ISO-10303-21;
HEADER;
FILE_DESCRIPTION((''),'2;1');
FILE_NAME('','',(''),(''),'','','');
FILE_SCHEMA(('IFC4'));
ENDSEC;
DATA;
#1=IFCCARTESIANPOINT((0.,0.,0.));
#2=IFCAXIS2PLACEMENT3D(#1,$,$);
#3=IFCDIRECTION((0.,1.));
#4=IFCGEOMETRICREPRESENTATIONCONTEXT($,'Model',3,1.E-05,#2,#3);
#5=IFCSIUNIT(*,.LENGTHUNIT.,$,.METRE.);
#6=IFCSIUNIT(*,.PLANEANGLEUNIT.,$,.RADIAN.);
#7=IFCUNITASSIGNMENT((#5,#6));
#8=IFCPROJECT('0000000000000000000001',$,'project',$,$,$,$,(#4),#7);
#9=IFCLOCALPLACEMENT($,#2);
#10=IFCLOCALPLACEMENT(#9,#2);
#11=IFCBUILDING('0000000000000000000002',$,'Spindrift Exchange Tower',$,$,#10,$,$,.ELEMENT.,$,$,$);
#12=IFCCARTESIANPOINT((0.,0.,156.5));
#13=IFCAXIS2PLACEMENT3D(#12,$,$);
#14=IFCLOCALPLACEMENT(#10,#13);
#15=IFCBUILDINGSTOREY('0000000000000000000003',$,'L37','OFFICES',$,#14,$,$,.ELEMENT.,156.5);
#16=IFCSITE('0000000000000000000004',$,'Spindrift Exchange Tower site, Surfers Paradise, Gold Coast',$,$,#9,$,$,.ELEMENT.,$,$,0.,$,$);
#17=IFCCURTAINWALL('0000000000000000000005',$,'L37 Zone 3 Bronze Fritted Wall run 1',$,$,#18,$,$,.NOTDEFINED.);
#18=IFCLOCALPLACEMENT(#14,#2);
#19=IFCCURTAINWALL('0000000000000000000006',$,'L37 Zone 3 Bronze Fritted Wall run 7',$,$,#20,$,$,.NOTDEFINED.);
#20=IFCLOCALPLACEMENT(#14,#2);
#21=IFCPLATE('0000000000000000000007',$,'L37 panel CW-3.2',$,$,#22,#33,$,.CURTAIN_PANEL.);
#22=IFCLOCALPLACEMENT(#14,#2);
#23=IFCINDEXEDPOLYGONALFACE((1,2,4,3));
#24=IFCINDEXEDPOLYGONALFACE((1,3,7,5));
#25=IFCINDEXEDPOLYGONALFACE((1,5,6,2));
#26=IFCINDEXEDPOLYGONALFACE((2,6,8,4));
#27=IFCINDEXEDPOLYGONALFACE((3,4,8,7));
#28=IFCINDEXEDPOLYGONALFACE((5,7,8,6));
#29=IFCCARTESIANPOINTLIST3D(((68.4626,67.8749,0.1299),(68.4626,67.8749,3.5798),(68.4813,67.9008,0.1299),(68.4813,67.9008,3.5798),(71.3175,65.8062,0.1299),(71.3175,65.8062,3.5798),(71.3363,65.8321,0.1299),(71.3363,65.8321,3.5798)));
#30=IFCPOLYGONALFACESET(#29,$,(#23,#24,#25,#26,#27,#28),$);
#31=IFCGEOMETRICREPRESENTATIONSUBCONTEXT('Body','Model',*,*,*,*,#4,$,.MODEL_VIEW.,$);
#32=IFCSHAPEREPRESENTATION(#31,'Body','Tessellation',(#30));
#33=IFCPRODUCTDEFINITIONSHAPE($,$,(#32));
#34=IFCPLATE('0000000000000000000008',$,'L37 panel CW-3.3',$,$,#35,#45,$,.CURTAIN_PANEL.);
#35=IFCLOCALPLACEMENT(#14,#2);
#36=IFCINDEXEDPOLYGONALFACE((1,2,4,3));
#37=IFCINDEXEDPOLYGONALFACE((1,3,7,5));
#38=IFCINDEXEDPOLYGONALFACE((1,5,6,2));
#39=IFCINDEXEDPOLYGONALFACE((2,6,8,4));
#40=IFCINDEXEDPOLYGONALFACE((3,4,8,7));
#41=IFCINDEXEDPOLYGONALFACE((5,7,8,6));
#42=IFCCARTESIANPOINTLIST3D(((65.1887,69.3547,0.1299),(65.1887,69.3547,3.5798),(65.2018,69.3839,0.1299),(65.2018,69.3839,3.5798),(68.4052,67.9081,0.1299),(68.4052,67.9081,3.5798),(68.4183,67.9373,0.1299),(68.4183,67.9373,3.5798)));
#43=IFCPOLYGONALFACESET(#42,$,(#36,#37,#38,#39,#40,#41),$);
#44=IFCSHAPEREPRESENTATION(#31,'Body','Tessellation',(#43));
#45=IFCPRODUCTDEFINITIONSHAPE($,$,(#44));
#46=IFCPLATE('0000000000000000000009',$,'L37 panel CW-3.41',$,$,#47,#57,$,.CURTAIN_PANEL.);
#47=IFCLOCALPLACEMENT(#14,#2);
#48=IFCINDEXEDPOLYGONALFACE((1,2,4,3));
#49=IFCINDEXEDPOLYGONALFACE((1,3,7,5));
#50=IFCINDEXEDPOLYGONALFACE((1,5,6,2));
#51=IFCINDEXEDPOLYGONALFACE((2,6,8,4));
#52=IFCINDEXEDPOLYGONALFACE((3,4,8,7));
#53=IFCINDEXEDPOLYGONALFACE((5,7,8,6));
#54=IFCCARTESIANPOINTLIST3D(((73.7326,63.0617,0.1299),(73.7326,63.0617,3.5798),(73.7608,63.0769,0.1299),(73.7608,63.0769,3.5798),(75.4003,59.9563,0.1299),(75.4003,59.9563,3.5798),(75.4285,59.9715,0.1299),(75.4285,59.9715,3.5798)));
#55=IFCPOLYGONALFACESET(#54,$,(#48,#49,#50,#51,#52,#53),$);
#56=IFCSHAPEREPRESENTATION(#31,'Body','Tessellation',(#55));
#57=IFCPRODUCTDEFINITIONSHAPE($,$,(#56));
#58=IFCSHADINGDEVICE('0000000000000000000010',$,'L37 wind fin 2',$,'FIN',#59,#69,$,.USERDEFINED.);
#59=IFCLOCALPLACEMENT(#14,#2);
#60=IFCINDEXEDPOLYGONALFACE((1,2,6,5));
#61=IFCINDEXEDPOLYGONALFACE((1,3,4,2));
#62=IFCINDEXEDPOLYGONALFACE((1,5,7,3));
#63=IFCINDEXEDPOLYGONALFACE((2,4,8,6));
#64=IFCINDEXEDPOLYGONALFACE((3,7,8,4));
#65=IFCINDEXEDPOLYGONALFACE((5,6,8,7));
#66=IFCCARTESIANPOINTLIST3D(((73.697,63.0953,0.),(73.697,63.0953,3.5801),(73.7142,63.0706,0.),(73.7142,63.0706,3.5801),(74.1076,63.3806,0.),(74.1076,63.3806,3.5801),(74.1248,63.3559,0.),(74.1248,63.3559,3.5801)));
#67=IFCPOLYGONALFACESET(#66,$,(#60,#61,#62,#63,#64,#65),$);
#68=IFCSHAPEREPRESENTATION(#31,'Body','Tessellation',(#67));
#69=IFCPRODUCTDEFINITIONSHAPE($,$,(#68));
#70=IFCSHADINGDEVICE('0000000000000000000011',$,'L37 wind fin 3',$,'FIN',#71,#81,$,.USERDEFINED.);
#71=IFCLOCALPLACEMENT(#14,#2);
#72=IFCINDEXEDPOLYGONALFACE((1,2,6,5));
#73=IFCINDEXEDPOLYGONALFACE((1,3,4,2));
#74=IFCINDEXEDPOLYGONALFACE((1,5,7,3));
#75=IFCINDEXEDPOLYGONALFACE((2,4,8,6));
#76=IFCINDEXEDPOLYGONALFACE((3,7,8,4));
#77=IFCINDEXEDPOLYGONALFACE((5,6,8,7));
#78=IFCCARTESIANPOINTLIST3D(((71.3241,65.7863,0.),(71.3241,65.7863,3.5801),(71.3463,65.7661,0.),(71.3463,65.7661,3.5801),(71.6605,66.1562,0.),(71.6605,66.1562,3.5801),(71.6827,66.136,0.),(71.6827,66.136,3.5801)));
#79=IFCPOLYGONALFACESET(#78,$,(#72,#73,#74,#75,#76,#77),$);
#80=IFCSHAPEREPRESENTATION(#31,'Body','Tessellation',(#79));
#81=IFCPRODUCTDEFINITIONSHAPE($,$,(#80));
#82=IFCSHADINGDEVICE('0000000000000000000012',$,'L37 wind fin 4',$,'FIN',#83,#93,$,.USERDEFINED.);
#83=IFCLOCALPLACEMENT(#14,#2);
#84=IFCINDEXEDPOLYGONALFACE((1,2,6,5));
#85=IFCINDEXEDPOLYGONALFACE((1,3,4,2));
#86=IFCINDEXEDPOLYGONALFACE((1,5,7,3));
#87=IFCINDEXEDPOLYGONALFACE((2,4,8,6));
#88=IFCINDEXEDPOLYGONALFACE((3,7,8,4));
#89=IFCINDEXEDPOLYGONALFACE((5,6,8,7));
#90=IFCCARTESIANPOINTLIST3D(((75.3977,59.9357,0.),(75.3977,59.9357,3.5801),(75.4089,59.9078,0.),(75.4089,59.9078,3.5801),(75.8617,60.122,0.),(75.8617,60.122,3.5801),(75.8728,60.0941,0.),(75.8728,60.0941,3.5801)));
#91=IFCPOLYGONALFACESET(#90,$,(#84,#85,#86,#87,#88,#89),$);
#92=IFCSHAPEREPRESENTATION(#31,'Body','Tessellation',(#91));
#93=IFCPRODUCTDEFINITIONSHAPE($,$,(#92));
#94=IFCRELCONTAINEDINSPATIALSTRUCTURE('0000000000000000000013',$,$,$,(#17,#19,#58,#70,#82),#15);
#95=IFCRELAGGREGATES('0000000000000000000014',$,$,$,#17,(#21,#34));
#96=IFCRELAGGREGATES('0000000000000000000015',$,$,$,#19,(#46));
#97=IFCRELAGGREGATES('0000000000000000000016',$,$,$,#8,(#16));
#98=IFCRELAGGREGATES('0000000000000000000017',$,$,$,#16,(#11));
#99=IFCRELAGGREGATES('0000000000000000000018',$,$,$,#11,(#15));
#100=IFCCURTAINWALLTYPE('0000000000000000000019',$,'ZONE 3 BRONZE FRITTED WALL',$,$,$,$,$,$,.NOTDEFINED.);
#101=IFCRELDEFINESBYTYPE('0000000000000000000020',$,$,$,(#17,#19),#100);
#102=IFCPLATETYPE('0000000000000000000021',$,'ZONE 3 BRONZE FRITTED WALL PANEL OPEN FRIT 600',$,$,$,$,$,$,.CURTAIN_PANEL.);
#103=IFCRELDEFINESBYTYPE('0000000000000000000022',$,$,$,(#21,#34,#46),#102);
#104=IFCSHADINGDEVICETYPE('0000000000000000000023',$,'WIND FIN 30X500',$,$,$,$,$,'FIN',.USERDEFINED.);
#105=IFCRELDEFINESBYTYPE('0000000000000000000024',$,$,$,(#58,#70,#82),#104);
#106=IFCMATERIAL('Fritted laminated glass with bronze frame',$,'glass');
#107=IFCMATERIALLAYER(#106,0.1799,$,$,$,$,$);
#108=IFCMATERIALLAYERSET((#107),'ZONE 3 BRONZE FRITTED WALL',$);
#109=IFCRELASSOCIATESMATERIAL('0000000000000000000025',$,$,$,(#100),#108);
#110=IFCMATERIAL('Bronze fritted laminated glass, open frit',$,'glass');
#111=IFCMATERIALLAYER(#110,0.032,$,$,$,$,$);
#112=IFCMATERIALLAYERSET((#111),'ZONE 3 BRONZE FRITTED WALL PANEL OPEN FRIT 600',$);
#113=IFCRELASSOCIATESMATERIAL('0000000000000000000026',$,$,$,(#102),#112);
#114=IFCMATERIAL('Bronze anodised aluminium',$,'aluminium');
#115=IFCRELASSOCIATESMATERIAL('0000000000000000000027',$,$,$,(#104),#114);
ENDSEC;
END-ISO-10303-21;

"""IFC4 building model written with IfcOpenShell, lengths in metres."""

from ifc_helpers import new_model, si_unit, direction, frame, origin, origin_2d, place, context, subcontext, project, spatial, rectangle, extrude, source, transform, mapped, material, layer, layer_set, material_profile, profile_set, type_object, element, aggregate, save


model = new_model("IFC4")

# Units and contexts
model_context = context("Model", 3, precision=1e-05, world=origin(), true_north=direction((0.0, 1.0)))
body_context = subcontext(model_context, "Body", "Model", "MODEL_VIEW")
ifc_project = project(units=[si_unit("LENGTHUNIT", "METRE"), si_unit("PLANEANGLEUNIT", "RADIAN")], contexts=[model_context])

# Site, building, storey
site_placement = place(None, origin())
site = spatial("IfcSite", under=ifc_project, at=site_placement, Name="Spindrift Exchange Tower site, Surfers Paradise, Gold Coast", CompositionType="ELEMENT", RefElevation=0.0)
building_placement = place(site_placement, origin())
building = spatial("IfcBuilding", under=site, at=building_placement, Name="Spindrift Exchange Tower", CompositionType="ELEMENT")
storey_placement = place(building_placement, frame((0.0, 0.0, 156.5)))
storey = spatial("IfcBuildingStorey", under=building, at=storey_placement, Name="L37", Description="OFFICES", CompositionType="ELEMENT", Elevation=156.5)

# Curtain wall
ifc_material_1 = material(Name="Fritted laminated glass with bronze frame", Category="glass")
ifc_layer_1 = layer(ifc_material_1, 0.1799)
ifc_layer_set_1 = layer_set([ifc_layer_1], Name="ZONE 3 BRONZE FRITTED WALL")
curtain_wall_type = type_object("IfcCurtainWallType", Name="ZONE 3 BRONZE FRITTED WALL", PredefinedType="NOTDEFINED", material=ifc_layer_set_1)
curtain_wall_1_placement = place(storey_placement, origin())
curtain_wall_1 = element("IfcCurtainWall", 1, at=curtain_wall_1_placement, inside=storey, type_object=curtain_wall_type, Name="L37 Zone 3 Bronze Fritted Wall run 1", PredefinedType="NOTDEFINED")
ifc_material_2 = material(Name="Bronze anodised aluminium", Category="aluminium")

# Curtain wall
curtain_wall_2_placement = place(storey_placement, origin())
curtain_wall_2 = element("IfcCurtainWall", 2, at=curtain_wall_2_placement, inside=storey, type_object=curtain_wall_type, Name="L37 Zone 3 Bronze Fritted Wall run 7", PredefinedType="NOTDEFINED")

# Plates
ifc_material_3 = material(Name="Bronze fritted laminated glass, open frit", Category="glass")
ifc_layer_2 = layer(ifc_material_3, 0.032)
ifc_layer_set_2 = layer_set([ifc_layer_2], Name="ZONE 3 BRONZE FRITTED WALL PANEL OPEN FRIT 600")
plate_type_1 = type_object("IfcPlateType", Name="ZONE 3 BRONZE FRITTED WALL PANEL OPEN FRIT 600", PredefinedType="CURTAIN_PANEL", material=ifc_layer_set_2)
shared_shape_1 = source(origin(), body_context, "Body", "SweptSolid", [
    extrude(rectangle(XDim=3.5256, YDim=0.032, at=origin_2d()), origin(), (0.0, 0.0, 1.0), 3.45),
])
plate_1_placement = place(storey_placement, frame((69.8994, 66.8535, 0.1299), z_axis=(0.0, 0.0, 1.0), x_axis=(-0.809757, 0.586765, 0.0)))
plate_1 = element("IfcPlate", 3, at=plate_1_placement, type_object=plate_type_1, Name="L37 panel CW-3.2", PredefinedType="CURTAIN_PANEL", context=body_context, shape_type="MappedRepresentation", body=[
    mapped(shared_shape_1, transform((0.0, 0.0, 0.0), scale=1.0)),
])
shared_shape_2 = source(origin(), body_context, "Body", "SweptSolid", [
    extrude(rectangle(XDim=3.5269, YDim=0.032, at=origin_2d()), origin(), (0.0, 0.0, 1.0), 3.45),
])
plate_2_placement = place(storey_placement, frame((66.8035, 68.646, 0.1299), z_axis=(0.0, 0.0, 1.0), x_axis=(-0.912003, 0.410184, 0.0)))
plate_2 = element("IfcPlate", 4, at=plate_2_placement, type_object=plate_type_1, Name="L37 panel CW-3.3", PredefinedType="CURTAIN_PANEL", context=body_context, shape_type="MappedRepresentation", body=[
    mapped(shared_shape_2, transform((0.0, 0.0, 0.0), scale=1.0)),
])
aggregate(curtain_wall_1, [plate_1, plate_2])
shared_shape_3 = source(origin(), body_context, "Body", "SweptSolid", [
    extrude(rectangle(XDim=3.5249, YDim=0.032, at=origin_2d()), origin(), (0.0, 0.0, 1.0), 3.45),
])
plate_3_placement = place(storey_placement, frame((74.5806, 61.5166, 0.1299), z_axis=(0.0, 0.0, 1.0), x_axis=(-0.473127, 0.880994, 0.0)))
plate_3 = element("IfcPlate", 5, at=plate_3_placement, type_object=plate_type_1, Name="L37 panel CW-3.41", PredefinedType="CURTAIN_PANEL", context=body_context, shape_type="MappedRepresentation", body=[
    mapped(shared_shape_3, transform((0.0, 0.0, 0.0), scale=1.0)),
])
aggregate(curtain_wall_2, [plate_3])

# Shading devices
ifc_material_profile_1 = material_profile(ifc_material_2, rectangle(XDim=0.03, YDim=0.5, at=origin_2d()), Name="WIND FIN 30X500")
ifc_profile_set_1 = profile_set([ifc_material_profile_1], Name="Bronze anodised aluminium")
shading_device_type = type_object("IfcShadingDeviceType", Name="WIND FIN 30X500", ElementType="FIN", PredefinedType="USERDEFINED", material=ifc_profile_set_1)
shared_shape_4 = source(origin(), body_context, "Body", "SweptSolid", [
    extrude(rectangle(XDim=0.03, YDim=0.5, at=origin_2d()), origin(), (0.0, 0.0, 1.0), 3.5801),
])
for number, where, z_axis, x_axis, name in (
    (6, (73.9109, 63.2256, 0.0), (0.0, 0.0, 1.0), (-0.570628, 0.821209, 0.0), "L37 wind fin 2"),
    (7, (71.5034, 65.9612, 0.0), (0.0, 0.0, 1.0), (-0.739764, 0.672867, 0.0), "L37 wind fin 3"),
    (8, (75.6353, 60.0149, 0.0), (0.0, 0.0, 1.0), (-0.372631, 0.927979, 0.0), "L37 wind fin 4"),
):
    element("IfcShadingDevice", number, at=place(storey_placement, frame(where, z_axis=z_axis, x_axis=x_axis)), inside=storey, type_object=shading_device_type, Name=name, ObjectType="FIN", PredefinedType="USERDEFINED", context=body_context, shape_type="MappedRepresentation", body=[
        mapped(shared_shape_4, transform((0.0, 0.0, 0.0), scale=1.0)),
    ])

save(model, "model.ifc")
